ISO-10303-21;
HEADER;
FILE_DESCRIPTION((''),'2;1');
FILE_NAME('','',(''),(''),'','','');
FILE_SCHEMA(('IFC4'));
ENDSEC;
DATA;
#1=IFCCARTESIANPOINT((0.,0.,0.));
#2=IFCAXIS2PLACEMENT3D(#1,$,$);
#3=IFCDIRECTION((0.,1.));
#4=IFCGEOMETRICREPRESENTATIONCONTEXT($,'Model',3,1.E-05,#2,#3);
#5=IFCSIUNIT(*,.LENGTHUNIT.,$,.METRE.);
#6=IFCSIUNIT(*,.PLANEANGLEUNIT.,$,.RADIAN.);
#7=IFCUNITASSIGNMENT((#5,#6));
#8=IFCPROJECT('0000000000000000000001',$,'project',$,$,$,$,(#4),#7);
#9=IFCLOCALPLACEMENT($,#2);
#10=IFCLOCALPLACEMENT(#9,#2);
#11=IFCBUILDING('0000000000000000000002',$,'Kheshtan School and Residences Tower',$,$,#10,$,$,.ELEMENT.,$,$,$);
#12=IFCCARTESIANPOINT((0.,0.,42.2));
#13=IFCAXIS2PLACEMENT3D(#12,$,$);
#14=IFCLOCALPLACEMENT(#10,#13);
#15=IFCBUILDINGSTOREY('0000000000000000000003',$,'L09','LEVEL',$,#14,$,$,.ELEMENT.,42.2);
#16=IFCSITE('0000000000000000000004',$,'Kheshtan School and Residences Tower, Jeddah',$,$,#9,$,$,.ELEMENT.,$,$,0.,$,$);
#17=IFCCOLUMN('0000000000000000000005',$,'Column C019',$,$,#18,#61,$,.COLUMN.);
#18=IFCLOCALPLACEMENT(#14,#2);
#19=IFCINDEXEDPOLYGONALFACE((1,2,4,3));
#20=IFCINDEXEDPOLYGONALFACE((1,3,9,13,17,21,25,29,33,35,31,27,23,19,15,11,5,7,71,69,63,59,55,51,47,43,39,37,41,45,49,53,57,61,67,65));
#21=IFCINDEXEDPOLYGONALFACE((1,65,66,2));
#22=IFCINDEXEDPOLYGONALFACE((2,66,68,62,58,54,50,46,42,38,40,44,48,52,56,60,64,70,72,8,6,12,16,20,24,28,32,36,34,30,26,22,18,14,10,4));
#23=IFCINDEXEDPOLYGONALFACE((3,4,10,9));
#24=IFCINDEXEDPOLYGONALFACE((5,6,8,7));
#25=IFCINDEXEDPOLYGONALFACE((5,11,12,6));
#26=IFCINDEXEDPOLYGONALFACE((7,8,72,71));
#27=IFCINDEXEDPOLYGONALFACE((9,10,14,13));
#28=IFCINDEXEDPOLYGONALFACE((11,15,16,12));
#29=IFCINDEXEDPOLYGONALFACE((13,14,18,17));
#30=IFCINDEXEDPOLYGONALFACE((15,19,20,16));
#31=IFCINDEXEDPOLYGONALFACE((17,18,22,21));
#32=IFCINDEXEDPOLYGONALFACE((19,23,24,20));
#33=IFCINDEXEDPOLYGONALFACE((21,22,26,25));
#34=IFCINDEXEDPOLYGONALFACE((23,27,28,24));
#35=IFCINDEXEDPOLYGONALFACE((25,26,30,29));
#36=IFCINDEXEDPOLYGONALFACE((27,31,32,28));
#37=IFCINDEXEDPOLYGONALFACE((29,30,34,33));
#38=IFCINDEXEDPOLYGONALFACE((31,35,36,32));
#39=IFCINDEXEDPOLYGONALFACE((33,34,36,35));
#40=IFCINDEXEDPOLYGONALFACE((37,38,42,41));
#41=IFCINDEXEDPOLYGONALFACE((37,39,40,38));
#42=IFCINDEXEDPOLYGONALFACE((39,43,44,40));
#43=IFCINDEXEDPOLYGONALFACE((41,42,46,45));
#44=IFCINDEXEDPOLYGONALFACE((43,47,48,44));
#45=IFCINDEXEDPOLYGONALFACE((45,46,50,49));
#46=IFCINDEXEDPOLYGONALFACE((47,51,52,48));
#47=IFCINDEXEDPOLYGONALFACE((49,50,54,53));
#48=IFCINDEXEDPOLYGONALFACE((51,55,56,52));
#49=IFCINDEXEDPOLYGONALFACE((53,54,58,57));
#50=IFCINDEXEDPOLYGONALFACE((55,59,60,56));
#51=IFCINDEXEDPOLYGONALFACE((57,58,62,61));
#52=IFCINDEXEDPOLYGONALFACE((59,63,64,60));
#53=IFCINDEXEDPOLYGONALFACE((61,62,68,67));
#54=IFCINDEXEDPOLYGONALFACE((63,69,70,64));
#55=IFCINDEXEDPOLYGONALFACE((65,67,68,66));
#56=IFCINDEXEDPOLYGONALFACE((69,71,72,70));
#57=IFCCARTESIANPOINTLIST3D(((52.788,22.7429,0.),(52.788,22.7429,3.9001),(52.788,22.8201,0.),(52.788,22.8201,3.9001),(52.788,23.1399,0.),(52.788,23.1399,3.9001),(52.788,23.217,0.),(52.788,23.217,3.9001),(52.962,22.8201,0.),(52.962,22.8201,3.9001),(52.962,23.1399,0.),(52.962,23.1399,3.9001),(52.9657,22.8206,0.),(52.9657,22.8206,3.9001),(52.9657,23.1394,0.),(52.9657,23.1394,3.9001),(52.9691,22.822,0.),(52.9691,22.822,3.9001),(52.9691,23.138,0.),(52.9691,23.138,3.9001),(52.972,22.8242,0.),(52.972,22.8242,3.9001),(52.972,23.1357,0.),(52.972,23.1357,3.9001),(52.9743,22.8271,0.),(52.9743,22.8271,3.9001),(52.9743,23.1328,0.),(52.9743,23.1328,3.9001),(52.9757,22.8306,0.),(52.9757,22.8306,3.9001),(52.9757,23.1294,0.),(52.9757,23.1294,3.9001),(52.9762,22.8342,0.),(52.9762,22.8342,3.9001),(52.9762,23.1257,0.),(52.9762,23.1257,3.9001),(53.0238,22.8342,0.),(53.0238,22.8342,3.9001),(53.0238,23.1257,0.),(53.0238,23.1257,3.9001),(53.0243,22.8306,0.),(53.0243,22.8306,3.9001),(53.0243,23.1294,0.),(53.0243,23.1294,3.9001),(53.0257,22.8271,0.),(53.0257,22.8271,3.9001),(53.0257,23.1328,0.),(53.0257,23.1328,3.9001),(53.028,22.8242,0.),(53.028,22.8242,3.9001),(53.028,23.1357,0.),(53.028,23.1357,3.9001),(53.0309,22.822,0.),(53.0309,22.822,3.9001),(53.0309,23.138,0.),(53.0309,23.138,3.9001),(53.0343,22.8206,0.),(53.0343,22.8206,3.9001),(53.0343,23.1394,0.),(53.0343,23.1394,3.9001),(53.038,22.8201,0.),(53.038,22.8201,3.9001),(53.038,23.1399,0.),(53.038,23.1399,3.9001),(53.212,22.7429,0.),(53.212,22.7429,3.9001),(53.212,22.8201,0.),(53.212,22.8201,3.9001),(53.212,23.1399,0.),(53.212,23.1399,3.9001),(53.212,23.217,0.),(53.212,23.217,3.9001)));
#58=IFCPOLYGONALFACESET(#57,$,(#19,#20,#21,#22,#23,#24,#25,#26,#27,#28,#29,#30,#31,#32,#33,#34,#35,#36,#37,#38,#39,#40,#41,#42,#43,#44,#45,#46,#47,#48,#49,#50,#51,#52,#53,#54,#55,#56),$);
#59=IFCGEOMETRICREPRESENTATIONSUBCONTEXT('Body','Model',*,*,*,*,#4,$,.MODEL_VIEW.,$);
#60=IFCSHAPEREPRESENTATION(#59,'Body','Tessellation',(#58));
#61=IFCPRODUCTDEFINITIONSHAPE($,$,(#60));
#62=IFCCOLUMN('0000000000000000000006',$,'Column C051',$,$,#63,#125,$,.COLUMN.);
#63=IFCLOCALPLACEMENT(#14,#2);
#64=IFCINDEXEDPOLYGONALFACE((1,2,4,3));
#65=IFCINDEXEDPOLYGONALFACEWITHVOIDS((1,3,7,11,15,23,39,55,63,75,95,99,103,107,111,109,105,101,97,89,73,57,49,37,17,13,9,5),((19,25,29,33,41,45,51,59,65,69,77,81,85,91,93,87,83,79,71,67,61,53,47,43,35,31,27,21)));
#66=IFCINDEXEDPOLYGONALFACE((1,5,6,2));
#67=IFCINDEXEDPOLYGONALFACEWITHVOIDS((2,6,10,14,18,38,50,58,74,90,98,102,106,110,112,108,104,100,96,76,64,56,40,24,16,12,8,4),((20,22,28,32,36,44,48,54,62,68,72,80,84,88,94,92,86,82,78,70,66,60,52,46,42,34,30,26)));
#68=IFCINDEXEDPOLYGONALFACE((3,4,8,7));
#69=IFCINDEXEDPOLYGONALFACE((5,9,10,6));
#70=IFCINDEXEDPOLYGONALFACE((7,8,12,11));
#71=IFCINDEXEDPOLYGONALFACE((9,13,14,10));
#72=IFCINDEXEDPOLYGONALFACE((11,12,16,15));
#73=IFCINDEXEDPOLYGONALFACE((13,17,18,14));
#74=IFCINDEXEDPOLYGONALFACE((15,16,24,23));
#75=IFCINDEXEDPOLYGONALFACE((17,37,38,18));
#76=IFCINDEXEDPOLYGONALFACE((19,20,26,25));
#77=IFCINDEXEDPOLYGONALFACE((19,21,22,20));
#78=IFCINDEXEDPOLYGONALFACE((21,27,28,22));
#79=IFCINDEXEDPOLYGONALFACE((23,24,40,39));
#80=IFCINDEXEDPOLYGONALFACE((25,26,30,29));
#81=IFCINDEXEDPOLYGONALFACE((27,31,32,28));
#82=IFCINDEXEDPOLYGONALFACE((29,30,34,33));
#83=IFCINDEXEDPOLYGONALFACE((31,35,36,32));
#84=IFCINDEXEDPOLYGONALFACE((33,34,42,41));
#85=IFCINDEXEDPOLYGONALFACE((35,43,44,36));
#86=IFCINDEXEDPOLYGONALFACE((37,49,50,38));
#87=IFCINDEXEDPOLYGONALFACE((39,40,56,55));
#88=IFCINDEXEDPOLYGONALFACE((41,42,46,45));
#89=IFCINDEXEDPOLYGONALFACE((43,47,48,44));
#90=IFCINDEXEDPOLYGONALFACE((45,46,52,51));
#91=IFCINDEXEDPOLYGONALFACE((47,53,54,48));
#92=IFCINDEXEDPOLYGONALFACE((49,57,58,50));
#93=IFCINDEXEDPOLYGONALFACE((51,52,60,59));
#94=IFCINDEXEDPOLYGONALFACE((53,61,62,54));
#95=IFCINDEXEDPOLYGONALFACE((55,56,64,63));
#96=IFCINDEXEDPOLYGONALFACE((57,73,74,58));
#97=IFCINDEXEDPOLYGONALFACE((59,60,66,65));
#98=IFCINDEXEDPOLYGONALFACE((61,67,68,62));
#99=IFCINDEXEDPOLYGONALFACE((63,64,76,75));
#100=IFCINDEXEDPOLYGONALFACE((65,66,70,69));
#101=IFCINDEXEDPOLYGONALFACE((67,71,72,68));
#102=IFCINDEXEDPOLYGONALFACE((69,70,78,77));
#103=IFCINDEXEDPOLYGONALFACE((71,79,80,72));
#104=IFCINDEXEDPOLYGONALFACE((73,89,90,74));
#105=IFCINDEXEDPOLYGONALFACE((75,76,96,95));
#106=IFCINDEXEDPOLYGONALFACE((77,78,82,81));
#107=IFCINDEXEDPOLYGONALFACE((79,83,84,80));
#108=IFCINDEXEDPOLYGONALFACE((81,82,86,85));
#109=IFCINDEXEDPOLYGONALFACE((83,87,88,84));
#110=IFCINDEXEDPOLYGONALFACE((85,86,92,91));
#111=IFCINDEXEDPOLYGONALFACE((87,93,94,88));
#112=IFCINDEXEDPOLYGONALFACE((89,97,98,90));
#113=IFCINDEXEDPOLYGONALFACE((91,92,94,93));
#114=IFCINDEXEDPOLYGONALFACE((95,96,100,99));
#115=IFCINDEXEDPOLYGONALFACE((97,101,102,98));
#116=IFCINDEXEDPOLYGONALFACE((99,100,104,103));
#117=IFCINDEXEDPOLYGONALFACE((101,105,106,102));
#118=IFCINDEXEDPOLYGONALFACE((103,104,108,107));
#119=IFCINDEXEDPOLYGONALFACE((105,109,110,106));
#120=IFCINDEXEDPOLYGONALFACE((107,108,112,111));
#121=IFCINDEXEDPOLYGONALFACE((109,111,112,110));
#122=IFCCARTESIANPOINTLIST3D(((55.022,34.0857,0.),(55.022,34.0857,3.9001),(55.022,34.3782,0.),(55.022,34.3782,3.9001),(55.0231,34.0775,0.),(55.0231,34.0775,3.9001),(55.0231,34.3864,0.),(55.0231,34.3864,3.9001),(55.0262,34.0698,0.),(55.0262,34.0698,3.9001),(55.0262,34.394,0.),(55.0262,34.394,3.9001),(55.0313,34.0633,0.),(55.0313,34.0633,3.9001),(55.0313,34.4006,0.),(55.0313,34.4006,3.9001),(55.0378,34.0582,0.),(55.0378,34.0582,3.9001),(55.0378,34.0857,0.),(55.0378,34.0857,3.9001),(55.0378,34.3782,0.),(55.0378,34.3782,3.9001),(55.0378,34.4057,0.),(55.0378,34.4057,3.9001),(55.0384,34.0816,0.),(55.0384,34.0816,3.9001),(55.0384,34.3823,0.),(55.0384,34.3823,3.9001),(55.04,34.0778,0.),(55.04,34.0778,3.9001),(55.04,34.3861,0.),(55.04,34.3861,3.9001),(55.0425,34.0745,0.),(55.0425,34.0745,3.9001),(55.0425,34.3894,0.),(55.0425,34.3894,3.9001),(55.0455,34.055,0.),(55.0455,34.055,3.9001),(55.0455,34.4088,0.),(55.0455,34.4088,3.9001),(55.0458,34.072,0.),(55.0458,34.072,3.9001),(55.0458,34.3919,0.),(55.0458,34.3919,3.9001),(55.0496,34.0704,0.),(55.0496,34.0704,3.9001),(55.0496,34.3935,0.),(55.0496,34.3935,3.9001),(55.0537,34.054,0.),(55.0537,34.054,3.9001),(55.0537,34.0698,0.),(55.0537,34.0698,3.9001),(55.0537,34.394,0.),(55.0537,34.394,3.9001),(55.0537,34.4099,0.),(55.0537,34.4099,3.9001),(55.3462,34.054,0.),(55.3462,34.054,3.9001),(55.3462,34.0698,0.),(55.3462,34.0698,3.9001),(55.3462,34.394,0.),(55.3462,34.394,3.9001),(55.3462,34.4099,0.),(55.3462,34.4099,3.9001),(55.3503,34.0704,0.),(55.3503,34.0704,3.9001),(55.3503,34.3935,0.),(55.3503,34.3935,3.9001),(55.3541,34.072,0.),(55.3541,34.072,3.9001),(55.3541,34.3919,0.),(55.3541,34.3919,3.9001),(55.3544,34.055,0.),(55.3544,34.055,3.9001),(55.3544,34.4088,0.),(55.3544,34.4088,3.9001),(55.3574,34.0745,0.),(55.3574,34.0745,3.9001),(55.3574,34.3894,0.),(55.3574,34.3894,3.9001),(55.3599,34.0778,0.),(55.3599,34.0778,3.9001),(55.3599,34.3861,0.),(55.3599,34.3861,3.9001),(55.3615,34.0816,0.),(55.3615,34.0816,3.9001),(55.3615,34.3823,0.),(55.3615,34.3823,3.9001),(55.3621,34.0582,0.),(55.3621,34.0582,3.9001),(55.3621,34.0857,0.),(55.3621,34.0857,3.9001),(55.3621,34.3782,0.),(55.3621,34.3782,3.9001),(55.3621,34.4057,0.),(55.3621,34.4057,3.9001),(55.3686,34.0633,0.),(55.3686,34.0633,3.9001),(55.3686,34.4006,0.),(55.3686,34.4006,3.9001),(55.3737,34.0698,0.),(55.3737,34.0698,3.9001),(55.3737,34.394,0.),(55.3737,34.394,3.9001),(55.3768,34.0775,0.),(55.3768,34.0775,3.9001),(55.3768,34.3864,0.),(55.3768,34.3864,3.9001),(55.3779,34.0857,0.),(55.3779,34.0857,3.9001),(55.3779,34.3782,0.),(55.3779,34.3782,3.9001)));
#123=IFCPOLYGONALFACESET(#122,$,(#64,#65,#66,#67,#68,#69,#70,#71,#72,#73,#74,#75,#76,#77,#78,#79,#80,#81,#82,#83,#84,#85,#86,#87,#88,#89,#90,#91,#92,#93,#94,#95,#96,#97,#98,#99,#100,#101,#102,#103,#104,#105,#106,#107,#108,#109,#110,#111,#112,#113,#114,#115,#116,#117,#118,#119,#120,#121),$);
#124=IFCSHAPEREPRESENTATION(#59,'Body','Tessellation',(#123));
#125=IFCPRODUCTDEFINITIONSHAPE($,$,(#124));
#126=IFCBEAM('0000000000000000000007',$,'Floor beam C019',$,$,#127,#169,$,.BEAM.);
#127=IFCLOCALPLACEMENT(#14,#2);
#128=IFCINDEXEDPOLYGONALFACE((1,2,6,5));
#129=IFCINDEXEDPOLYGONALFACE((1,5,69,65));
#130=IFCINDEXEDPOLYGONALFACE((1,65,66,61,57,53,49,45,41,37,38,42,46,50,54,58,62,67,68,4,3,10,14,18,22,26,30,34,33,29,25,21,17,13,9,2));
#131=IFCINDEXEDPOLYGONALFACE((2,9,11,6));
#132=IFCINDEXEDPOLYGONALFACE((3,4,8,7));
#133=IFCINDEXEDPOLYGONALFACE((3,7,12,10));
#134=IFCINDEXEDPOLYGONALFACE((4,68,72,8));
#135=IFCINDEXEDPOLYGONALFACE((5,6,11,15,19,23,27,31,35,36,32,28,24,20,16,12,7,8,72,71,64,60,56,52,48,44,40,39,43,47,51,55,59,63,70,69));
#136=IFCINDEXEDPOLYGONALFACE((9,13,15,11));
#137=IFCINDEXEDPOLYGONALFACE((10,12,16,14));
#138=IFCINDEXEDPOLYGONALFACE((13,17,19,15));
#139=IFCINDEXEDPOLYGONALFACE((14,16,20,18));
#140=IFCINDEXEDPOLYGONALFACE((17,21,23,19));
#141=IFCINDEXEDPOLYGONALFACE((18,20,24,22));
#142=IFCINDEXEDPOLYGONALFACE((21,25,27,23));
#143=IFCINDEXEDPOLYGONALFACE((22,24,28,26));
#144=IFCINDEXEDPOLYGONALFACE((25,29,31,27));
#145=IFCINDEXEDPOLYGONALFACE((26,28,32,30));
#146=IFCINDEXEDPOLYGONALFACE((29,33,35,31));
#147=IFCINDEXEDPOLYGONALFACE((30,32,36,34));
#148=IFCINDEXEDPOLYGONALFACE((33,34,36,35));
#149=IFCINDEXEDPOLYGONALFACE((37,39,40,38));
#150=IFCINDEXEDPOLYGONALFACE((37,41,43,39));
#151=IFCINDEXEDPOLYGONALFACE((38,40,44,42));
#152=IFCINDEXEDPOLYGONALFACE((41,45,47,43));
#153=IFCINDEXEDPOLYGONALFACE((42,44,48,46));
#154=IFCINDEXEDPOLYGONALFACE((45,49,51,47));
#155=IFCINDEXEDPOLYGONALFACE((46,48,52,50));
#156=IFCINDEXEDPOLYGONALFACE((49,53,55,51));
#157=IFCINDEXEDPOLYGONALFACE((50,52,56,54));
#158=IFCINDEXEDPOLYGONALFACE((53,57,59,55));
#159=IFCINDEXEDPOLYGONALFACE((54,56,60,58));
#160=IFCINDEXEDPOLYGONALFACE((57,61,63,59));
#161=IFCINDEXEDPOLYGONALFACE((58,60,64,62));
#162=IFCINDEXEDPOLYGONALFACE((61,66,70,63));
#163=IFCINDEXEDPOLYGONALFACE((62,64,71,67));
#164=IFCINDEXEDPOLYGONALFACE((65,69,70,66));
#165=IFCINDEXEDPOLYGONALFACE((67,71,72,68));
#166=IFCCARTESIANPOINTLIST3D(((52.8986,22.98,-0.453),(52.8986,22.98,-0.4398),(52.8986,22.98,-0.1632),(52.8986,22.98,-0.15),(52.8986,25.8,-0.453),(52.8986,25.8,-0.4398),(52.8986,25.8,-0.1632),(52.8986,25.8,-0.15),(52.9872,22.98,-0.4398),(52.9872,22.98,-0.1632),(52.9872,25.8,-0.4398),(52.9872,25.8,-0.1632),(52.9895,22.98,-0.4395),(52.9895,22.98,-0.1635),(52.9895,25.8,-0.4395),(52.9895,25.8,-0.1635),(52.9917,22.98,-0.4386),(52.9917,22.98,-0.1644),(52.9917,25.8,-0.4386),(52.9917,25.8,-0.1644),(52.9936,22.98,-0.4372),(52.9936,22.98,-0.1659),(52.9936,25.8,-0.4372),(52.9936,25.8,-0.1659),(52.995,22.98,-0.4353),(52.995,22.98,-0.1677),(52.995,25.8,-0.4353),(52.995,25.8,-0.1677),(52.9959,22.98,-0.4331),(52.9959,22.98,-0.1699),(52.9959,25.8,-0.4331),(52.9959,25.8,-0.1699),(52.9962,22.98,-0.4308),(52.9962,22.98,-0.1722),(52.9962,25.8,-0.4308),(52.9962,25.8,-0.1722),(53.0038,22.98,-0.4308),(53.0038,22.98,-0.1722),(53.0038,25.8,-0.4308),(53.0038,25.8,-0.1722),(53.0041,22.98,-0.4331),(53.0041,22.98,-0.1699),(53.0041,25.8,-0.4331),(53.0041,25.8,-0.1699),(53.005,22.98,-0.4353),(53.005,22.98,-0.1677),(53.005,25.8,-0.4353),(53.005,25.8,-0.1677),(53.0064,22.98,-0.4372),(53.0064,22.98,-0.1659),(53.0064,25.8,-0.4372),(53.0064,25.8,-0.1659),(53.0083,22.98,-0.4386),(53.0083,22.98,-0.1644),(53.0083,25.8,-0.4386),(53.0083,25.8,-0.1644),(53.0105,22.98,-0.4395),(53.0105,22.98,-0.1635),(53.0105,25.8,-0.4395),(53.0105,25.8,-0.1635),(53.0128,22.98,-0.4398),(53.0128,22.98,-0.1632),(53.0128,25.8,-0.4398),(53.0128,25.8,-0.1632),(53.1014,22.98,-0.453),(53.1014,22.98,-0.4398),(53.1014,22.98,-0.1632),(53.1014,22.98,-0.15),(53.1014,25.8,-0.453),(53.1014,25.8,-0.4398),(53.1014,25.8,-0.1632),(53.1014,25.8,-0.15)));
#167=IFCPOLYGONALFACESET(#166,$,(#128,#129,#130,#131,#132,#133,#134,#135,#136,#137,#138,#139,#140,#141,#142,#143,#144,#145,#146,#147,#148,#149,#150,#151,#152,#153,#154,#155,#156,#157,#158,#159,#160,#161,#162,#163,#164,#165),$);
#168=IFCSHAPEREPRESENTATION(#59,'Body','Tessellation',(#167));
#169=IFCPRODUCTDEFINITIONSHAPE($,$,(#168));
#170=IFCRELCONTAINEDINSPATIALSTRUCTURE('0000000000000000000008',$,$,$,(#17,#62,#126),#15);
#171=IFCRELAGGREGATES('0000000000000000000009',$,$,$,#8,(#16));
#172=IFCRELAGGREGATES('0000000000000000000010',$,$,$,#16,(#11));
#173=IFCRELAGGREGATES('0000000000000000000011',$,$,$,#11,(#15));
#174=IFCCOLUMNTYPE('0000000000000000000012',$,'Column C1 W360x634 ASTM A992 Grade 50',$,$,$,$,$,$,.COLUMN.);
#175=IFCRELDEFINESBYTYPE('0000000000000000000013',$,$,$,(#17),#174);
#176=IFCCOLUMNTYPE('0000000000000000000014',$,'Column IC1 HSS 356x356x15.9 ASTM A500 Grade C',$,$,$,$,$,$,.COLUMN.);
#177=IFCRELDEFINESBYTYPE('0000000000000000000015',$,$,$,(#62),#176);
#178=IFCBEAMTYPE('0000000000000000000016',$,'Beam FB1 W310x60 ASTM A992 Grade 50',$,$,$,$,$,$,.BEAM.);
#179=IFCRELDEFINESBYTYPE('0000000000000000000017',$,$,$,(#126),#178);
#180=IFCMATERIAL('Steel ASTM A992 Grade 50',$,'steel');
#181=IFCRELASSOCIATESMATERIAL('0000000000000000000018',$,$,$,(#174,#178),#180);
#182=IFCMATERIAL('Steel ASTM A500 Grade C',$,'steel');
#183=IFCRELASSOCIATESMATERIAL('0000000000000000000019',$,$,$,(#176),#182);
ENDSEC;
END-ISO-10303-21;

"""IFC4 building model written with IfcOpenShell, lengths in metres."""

from ifc_helpers import new_model, si_unit, direction, frame, origin, origin_2d, place, context, subcontext, project, spatial, hollow_rectangle, i_section, extrude, material, material_profile, profile_set, type_object, element, save


model = new_model("IFC4")

# Units and contexts
model_context = context("Model", 3, precision=1e-05, world=origin(), true_north=direction((0.0, 1.0)))
body_context = subcontext(model_context, "Body", "Model", "MODEL_VIEW")
ifc_project = project(units=[si_unit("LENGTHUNIT", "METRE"), si_unit("PLANEANGLEUNIT", "RADIAN")], contexts=[model_context])

# Site, building, storey
site_placement = place(None, origin())
site = spatial("IfcSite", under=ifc_project, at=site_placement, Name="Kheshtan School and Residences Tower, Jeddah", CompositionType="ELEMENT", RefElevation=0.0)
building_placement = place(site_placement, origin())
building = spatial("IfcBuilding", under=site, at=building_placement, Name="Kheshtan School and Residences Tower", CompositionType="ELEMENT")
storey_placement = place(building_placement, frame((0.0, 0.0, 42.2)))
storey = spatial("IfcBuildingStorey", under=building, at=storey_placement, Name="L09", Description="LEVEL", CompositionType="ELEMENT", Elevation=42.2)

# Columns
ifc_material_1 = material(Name="Steel ASTM A992 Grade 50", Category="steel")
ifc_material_profile_1 = material_profile(ifc_material_1, i_section(OverallWidth=0.4241, OverallDepth=0.4741, WebThickness=0.0476, FlangeThickness=0.0771, FilletRadius=0.0142, at=origin_2d()), Name="W360x634")
ifc_profile_set_1 = profile_set([ifc_material_profile_1], Name="Steel ASTM A992 Grade 50")
column_type_1 = type_object("IfcColumnType", Name="Column C1 W360x634 ASTM A992 Grade 50", PredefinedType="COLUMN", material=ifc_profile_set_1)
column_1_placement = place(storey_placement, frame((53.0, 22.98, 0.0), z_axis=(0.0, 0.0, 1.0), x_axis=(1.0, 0.0, 0.0)))
element("IfcColumn", 1, at=column_1_placement, inside=storey, type_object=column_type_1, Name="Column C019", PredefinedType="COLUMN", context=body_context, shape_type="SweptSolid", body=[
    extrude(i_section(OverallWidth=0.4241, OverallDepth=0.4741, WebThickness=0.0476, FlangeThickness=0.0771, FilletRadius=0.0142, at=origin_2d()), origin(), (0.0, 0.0, 1.0), 3.9001),
])
ifc_material_2 = material(Name="Steel ASTM A500 Grade C", Category="steel")
ifc_material_profile_2 = material_profile(ifc_material_2, hollow_rectangle(XDim=0.356, YDim=0.356, WallThickness=0.0159, InnerFilletRadius=0.0159, OuterFilletRadius=0.0317, at=origin_2d()), Name="HSS 356x356x15.9")
ifc_profile_set_2 = profile_set([ifc_material_profile_2], Name="Steel ASTM A500 Grade C")
column_type_2 = type_object("IfcColumnType", Name="Column IC1 HSS 356x356x15.9 ASTM A500 Grade C", PredefinedType="COLUMN", material=ifc_profile_set_2)
column_2_placement = place(storey_placement, frame((55.2, 34.2319, 0.0), z_axis=(0.0, 0.0, 1.0), x_axis=(1.0, 0.0, 0.0)))
element("IfcColumn", 2, at=column_2_placement, inside=storey, type_object=column_type_2, Name="Column C051", PredefinedType="COLUMN", context=body_context, shape_type="SweptSolid", body=[
    extrude(hollow_rectangle(XDim=0.356, YDim=0.356, WallThickness=0.0159, InnerFilletRadius=0.0159, OuterFilletRadius=0.0317, at=origin_2d()), origin(), (0.0, 0.0, 1.0), 3.9001),
])

# Beam
ifc_material_profile_3 = material_profile(ifc_material_1, i_section(OverallWidth=0.2029, OverallDepth=0.303, WebThickness=0.0076, FlangeThickness=0.0132, FilletRadius=0.009, at=origin_2d()), Name="W310x60")
ifc_profile_set_3 = profile_set([ifc_material_profile_3], Name="Steel ASTM A992 Grade 50")
beam_type_1 = type_object("IfcBeamType", Name="Beam FB1 W310x60 ASTM A992 Grade 50", PredefinedType="BEAM", material=ifc_profile_set_3)
beam_1_placement = place(storey_placement, frame((53.0, 22.98, -0.3015), z_axis=(0.0, 1.0, 0.0), x_axis=(-1.0, 0.0, 0.0)))
element("IfcBeam", 3, at=beam_1_placement, inside=storey, type_object=beam_type_1, Name="Floor beam C019", PredefinedType="BEAM", context=body_context, shape_type="SweptSolid", body=[
    extrude(i_section(OverallWidth=0.2029, OverallDepth=0.303, WebThickness=0.0076, FlangeThickness=0.0132, FilletRadius=0.009, at=origin_2d()), origin(), (0.0, 0.0, 1.0), 2.8201),
])

save(model, "model.ifc")
